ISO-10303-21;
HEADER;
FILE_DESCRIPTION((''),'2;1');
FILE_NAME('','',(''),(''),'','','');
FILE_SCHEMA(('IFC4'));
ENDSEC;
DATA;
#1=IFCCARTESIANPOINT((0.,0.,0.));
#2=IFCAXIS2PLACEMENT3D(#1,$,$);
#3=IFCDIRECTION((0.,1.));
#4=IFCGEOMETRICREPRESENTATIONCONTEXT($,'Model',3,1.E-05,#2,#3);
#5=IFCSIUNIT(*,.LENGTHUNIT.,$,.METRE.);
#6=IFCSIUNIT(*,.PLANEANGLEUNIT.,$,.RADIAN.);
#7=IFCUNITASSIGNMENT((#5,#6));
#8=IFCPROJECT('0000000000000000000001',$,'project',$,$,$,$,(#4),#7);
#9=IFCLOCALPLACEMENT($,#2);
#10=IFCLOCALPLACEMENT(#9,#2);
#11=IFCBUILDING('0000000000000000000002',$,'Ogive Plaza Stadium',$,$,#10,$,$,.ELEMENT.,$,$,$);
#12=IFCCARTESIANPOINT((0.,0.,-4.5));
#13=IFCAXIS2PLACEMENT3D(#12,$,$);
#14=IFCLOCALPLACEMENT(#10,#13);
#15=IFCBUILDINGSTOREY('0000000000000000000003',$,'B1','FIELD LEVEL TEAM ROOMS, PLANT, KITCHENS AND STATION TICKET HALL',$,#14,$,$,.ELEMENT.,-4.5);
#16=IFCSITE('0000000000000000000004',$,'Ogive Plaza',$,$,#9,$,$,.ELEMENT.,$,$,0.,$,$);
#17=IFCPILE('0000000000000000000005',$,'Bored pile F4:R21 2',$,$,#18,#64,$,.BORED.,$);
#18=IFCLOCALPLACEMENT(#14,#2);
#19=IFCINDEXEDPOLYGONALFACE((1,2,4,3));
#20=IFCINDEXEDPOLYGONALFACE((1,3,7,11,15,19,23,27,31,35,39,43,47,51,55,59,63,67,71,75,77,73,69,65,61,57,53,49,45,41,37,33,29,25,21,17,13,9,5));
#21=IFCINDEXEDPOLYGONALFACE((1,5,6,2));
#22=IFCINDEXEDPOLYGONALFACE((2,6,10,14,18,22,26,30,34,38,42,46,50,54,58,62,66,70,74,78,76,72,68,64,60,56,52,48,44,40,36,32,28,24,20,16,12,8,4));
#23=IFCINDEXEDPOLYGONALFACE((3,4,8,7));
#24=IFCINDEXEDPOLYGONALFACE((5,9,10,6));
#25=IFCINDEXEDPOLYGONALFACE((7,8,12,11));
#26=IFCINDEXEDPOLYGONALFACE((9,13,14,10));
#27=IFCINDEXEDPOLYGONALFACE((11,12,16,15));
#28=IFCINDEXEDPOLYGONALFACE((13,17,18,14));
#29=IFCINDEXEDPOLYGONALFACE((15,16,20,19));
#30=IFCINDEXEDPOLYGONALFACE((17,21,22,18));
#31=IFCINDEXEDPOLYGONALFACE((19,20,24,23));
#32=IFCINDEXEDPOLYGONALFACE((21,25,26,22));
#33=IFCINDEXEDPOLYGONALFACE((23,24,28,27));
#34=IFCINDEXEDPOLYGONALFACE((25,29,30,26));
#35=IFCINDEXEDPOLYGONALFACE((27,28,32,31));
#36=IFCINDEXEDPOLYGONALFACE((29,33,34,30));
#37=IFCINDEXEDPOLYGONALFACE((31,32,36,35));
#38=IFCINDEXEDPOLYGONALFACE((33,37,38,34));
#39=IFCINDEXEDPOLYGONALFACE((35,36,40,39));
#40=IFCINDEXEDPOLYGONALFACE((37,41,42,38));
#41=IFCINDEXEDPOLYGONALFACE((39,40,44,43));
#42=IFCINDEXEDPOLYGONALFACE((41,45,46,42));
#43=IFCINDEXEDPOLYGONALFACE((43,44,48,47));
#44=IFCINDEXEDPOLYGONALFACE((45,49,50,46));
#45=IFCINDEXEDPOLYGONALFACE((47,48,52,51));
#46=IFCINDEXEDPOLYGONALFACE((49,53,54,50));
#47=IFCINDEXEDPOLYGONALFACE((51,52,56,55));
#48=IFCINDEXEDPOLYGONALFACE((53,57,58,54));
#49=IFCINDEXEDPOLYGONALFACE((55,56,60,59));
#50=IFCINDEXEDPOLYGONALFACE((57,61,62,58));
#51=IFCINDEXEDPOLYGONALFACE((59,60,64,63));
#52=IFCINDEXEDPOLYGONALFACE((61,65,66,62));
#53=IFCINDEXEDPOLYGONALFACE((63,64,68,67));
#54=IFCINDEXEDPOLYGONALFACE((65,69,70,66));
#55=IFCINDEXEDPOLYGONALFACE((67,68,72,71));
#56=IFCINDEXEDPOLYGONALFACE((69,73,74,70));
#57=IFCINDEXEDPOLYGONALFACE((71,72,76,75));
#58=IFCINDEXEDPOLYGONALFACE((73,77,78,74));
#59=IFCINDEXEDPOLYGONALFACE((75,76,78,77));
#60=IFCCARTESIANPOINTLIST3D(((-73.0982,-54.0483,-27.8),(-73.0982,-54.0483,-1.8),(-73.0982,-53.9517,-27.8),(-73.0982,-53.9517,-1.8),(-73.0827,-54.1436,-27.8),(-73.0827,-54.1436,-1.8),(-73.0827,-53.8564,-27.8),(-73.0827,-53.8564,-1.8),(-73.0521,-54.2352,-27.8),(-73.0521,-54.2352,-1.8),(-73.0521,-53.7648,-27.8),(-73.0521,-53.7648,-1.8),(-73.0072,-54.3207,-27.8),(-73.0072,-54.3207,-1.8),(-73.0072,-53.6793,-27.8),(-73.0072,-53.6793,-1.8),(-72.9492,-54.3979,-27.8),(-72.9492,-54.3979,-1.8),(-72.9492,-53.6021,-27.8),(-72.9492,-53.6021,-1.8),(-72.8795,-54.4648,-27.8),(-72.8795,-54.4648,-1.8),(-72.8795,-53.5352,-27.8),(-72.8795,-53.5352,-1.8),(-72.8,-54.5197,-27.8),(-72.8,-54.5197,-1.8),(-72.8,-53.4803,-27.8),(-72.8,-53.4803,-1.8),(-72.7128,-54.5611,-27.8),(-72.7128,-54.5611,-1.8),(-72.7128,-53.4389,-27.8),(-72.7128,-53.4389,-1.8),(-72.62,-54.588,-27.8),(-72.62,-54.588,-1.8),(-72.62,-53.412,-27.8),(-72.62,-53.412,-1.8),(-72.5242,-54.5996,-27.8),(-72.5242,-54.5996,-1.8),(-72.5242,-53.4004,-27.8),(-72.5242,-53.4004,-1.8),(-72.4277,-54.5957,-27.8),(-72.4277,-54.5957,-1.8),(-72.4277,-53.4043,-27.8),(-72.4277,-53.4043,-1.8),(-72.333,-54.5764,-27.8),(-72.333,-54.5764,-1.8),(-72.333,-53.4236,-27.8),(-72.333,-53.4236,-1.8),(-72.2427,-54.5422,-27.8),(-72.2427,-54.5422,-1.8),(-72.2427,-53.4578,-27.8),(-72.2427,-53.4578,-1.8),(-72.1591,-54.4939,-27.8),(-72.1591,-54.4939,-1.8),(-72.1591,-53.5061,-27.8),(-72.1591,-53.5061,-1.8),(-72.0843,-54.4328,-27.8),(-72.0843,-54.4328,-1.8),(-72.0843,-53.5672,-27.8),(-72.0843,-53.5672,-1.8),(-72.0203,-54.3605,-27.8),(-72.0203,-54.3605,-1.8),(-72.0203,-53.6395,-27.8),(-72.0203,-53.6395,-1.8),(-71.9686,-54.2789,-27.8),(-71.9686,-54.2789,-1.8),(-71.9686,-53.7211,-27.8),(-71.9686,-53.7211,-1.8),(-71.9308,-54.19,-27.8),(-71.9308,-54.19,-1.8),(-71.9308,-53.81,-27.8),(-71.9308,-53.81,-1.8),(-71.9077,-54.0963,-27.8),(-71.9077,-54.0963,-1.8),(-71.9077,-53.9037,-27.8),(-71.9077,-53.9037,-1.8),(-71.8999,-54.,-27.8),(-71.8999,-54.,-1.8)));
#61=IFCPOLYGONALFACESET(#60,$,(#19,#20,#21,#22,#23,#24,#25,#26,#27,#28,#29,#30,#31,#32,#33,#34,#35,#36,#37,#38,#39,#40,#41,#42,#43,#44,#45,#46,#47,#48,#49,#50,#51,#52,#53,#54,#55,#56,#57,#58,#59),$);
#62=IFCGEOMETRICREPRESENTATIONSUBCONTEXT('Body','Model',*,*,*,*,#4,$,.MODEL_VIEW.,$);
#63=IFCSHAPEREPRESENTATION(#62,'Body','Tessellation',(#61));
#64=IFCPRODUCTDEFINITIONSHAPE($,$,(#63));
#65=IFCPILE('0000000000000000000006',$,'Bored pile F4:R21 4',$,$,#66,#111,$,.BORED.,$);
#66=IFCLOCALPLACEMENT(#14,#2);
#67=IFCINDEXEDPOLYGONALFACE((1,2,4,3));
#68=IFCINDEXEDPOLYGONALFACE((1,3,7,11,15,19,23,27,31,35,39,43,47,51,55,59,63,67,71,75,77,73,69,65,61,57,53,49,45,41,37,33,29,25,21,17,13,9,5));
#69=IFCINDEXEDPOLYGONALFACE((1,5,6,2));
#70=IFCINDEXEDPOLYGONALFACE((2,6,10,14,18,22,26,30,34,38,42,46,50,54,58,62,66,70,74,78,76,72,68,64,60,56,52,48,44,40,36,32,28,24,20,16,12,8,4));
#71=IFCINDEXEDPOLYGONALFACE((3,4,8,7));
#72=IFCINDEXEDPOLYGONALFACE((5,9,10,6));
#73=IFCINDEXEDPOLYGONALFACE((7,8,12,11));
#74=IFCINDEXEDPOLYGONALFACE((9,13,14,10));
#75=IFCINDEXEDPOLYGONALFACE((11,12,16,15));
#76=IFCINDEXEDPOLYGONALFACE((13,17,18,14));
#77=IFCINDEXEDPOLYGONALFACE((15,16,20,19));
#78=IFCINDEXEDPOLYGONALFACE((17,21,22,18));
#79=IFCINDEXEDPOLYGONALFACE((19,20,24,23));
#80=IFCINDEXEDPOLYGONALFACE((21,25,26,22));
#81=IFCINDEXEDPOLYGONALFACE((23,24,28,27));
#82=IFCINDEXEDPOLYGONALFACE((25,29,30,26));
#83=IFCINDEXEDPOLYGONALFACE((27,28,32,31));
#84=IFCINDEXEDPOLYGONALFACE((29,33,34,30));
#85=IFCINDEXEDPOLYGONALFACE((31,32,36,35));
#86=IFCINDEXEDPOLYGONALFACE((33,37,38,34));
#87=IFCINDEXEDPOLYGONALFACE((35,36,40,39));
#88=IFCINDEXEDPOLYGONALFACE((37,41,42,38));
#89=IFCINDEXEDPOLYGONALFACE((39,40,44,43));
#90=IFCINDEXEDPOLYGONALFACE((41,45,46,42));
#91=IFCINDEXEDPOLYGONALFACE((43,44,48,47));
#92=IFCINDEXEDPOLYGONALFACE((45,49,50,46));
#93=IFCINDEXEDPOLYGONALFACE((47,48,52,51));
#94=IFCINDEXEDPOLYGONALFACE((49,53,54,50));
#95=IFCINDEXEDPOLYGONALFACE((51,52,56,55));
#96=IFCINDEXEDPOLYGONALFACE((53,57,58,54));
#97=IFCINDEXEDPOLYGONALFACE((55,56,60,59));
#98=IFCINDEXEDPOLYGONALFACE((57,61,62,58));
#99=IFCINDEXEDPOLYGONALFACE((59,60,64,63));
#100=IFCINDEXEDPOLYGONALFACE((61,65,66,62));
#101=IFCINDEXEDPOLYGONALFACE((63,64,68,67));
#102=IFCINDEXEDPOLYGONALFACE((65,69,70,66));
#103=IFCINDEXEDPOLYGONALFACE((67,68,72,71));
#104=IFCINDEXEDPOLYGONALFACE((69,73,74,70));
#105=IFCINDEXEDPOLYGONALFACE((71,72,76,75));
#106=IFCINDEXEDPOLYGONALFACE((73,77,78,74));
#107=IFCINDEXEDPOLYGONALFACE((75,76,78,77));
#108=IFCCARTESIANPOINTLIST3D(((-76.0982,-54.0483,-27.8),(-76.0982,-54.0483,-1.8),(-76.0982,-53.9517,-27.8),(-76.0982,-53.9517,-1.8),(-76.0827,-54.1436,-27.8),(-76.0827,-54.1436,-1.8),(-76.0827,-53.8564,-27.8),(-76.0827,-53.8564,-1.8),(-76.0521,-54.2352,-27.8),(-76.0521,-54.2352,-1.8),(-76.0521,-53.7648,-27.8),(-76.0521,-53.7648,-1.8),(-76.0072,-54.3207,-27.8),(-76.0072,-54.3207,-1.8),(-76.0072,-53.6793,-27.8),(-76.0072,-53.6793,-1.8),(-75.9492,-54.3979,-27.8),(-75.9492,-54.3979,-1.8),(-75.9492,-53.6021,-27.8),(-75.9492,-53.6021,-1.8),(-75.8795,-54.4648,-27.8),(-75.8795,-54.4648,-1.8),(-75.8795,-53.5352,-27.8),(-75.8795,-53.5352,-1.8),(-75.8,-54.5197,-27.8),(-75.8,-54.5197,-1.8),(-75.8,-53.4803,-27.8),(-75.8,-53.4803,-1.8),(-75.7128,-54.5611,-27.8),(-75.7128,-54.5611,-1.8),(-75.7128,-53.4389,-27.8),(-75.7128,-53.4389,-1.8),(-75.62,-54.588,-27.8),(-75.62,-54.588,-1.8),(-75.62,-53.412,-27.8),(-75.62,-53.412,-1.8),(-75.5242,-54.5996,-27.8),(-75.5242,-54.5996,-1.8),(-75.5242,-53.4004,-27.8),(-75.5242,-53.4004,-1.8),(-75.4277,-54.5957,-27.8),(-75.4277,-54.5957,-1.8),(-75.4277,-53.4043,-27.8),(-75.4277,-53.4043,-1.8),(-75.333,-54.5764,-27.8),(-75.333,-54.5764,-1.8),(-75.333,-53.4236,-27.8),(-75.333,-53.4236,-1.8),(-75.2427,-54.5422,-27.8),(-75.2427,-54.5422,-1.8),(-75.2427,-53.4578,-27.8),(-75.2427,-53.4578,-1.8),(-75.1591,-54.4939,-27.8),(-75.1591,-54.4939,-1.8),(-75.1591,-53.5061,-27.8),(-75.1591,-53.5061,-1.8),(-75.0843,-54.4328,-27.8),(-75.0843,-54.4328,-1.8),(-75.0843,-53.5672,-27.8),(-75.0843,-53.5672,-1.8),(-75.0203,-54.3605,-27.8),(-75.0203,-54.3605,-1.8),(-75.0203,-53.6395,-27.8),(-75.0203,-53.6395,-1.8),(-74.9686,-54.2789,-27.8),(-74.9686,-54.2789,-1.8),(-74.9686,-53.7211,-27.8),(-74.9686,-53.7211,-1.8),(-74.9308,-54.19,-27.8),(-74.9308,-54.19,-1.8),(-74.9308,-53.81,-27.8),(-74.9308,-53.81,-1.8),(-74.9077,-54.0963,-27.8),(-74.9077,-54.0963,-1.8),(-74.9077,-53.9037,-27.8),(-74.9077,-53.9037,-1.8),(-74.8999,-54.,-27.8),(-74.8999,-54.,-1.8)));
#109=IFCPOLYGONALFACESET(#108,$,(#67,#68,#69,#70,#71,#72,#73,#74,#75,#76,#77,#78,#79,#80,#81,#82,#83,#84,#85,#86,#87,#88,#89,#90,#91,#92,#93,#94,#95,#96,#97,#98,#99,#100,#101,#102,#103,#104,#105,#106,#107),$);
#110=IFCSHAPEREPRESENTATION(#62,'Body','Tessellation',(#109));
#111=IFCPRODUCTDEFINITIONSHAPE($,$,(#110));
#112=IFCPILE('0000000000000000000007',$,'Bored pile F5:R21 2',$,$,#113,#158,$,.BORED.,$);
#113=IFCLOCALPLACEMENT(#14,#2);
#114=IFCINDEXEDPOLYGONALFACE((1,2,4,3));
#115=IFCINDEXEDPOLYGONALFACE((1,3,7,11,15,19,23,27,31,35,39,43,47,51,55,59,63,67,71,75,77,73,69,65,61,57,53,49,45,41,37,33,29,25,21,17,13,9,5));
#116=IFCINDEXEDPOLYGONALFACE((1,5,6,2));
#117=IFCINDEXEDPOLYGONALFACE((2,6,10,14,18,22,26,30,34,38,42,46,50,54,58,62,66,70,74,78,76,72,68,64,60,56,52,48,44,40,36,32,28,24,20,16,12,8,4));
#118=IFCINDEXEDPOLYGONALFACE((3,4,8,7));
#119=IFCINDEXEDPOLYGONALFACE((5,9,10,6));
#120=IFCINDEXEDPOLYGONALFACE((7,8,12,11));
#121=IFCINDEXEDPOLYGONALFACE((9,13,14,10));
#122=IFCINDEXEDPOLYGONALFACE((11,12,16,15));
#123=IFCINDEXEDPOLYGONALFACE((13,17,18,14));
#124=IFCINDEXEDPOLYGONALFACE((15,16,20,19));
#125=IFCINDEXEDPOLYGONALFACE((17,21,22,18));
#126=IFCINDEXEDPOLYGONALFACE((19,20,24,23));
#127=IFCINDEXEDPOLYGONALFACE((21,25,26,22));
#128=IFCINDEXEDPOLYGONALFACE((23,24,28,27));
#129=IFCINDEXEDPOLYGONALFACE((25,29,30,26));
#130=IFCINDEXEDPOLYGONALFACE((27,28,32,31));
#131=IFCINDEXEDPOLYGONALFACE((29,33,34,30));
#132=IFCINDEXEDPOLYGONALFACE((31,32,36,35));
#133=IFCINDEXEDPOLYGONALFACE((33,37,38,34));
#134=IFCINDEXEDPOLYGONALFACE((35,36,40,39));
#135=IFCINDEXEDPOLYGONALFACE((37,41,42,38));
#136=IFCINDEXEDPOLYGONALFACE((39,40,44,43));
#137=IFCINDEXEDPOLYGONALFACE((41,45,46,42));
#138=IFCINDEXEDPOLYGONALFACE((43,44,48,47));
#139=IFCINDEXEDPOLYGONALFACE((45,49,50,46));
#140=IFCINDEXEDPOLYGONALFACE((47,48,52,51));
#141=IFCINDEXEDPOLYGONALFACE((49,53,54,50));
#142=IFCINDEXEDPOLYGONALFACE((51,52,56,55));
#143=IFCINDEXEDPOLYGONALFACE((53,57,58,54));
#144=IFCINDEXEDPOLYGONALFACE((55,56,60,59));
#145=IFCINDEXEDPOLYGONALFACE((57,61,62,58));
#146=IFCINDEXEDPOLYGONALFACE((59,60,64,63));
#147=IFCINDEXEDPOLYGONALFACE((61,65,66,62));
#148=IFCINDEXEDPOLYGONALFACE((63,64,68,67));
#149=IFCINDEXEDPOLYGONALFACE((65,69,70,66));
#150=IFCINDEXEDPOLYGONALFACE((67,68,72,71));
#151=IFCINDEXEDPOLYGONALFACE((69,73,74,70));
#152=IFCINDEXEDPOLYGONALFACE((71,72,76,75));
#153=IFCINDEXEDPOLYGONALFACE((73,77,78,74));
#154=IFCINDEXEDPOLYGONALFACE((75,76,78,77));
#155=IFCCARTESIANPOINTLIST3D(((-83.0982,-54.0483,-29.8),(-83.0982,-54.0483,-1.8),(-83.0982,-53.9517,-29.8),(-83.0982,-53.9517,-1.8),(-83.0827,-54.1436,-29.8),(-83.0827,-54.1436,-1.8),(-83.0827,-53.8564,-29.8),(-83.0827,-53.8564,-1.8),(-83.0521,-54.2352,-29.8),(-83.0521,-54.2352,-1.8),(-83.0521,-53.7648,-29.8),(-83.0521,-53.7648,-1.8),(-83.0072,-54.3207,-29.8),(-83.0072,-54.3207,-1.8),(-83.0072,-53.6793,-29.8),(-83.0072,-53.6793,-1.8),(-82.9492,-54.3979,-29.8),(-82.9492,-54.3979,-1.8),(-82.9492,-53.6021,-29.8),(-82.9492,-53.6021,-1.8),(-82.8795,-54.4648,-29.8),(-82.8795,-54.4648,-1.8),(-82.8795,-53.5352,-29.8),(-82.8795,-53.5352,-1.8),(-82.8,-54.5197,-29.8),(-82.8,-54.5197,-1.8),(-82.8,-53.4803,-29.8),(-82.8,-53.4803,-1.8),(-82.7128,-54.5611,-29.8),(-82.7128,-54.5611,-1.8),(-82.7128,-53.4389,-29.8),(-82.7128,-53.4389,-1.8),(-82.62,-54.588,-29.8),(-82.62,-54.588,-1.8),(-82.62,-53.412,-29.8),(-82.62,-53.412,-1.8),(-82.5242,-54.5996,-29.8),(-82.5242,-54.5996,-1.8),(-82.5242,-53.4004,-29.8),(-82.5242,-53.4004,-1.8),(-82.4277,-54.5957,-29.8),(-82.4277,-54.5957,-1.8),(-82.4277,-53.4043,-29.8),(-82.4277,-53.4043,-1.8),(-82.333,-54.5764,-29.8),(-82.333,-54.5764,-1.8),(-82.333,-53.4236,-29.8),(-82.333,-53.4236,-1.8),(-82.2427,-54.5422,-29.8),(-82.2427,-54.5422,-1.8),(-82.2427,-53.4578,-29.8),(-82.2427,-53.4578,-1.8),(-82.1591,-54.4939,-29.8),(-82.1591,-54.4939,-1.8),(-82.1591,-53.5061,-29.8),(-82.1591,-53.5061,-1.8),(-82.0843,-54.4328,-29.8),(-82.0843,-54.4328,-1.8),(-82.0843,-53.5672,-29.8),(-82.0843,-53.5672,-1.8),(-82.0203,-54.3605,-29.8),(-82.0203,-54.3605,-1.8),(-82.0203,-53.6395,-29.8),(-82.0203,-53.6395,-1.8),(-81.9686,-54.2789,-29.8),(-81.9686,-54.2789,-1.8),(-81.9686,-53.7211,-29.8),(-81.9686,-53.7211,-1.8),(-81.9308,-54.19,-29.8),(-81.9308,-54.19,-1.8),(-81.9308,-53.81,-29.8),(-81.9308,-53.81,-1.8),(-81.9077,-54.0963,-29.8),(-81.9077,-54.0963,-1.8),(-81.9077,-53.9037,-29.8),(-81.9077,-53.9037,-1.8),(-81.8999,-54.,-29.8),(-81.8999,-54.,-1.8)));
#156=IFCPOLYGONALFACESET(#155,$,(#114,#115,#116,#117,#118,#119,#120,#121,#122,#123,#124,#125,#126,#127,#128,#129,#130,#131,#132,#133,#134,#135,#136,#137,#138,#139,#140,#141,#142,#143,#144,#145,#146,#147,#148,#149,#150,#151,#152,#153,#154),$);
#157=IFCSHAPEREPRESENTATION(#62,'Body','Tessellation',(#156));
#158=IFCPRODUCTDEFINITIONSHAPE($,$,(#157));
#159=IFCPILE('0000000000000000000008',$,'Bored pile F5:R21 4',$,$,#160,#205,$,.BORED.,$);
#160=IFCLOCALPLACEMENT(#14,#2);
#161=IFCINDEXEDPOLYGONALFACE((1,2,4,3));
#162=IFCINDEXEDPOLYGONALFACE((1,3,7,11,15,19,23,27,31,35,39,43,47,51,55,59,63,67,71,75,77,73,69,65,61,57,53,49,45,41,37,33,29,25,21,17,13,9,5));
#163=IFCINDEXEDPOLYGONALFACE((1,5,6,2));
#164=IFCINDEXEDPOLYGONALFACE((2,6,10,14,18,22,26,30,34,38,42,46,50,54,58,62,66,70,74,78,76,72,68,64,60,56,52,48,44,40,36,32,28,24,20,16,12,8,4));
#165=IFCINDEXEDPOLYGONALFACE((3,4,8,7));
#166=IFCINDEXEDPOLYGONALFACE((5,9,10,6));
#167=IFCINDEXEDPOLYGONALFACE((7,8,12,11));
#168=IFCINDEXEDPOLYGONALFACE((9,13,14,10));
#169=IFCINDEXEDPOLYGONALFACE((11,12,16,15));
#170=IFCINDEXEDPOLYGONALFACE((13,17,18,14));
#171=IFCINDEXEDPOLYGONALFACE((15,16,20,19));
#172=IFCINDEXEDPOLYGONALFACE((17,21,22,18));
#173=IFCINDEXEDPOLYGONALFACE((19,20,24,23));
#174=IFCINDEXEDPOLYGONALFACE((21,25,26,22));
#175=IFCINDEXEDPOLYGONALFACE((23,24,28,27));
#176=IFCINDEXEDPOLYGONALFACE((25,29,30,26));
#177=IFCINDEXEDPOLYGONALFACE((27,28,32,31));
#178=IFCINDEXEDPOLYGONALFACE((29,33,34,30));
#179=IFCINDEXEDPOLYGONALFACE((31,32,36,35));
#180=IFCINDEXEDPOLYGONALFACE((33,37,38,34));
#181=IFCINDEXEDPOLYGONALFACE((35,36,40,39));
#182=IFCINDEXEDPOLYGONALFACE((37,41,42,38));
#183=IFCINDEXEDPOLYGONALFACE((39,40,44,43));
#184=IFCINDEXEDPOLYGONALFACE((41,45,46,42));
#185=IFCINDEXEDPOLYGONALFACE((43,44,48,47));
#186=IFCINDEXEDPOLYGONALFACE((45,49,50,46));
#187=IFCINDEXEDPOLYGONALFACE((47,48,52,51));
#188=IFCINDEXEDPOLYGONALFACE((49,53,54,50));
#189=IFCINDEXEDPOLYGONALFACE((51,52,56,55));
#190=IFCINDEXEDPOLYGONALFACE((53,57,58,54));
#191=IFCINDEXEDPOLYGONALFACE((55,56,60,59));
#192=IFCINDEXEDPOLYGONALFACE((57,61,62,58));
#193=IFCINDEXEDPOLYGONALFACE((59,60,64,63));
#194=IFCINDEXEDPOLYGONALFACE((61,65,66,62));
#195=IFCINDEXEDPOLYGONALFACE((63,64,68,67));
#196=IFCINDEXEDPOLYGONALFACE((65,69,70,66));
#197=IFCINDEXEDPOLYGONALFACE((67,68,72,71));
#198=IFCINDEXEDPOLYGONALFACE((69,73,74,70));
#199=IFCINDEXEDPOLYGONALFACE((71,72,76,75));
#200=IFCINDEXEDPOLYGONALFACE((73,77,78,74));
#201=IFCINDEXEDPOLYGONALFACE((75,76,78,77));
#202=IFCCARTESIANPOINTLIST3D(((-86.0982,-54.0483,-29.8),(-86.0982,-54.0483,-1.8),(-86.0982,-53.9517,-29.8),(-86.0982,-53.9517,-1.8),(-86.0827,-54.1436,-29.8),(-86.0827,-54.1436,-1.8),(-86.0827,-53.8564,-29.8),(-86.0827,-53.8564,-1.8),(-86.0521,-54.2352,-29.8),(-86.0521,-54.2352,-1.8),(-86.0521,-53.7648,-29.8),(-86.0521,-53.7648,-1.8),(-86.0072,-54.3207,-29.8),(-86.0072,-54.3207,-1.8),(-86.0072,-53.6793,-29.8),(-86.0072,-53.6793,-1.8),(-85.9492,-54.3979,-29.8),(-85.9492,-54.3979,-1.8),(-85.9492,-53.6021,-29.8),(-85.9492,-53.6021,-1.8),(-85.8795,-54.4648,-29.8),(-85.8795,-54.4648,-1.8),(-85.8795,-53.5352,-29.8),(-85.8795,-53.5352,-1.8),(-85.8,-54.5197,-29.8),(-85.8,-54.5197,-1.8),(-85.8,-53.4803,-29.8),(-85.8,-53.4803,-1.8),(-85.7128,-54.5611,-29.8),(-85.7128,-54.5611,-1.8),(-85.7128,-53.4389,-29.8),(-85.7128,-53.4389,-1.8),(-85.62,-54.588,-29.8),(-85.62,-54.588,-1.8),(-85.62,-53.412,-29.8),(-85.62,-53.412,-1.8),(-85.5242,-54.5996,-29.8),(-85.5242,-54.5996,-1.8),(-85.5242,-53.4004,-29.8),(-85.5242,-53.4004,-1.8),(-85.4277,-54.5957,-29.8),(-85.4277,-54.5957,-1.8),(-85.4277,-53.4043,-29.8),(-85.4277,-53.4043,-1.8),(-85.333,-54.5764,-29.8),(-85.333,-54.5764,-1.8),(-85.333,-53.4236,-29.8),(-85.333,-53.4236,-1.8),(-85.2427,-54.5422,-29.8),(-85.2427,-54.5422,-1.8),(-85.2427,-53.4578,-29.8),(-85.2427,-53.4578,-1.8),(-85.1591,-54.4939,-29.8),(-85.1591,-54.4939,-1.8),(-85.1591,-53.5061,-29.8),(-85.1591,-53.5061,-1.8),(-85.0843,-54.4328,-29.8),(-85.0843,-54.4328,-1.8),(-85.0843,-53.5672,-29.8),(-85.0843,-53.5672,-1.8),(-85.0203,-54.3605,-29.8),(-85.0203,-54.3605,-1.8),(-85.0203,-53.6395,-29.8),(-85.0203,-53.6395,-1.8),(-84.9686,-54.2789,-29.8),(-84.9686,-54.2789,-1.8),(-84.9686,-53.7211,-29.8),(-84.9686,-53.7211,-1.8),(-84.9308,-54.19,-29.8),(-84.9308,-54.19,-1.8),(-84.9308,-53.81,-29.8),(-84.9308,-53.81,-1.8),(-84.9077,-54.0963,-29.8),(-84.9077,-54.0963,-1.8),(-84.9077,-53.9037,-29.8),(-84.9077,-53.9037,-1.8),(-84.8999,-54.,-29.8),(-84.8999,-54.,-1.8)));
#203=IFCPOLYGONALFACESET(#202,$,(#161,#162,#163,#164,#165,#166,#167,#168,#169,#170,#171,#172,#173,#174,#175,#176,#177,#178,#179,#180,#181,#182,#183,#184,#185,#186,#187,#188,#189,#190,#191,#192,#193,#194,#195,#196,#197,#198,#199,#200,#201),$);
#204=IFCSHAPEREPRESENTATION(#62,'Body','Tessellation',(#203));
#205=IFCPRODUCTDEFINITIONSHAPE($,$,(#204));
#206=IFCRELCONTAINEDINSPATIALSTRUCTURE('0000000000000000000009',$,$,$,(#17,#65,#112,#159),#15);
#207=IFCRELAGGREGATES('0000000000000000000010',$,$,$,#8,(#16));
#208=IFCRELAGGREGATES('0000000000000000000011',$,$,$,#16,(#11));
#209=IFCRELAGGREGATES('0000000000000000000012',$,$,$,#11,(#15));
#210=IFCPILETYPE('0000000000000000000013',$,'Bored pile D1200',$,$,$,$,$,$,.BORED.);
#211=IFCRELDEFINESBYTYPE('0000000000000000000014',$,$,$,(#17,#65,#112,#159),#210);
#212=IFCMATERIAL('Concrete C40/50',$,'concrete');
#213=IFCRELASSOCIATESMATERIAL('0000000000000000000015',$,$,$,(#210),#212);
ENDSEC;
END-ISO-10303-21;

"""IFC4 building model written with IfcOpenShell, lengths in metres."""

from ifc_helpers import new_model, si_unit, direction, frame, origin, origin_2d, place, context, subcontext, project, spatial, circle, extrude, material, material_profile, profile_set, type_object, element, save


model = new_model("IFC4")

# Units and contexts
model_context = context("Model", 3, precision=1e-05, world=origin(), true_north=direction((0.0, 1.0)))
body_context = subcontext(model_context, "Body", "Model", "MODEL_VIEW")
ifc_project = project(units=[si_unit("LENGTHUNIT", "METRE"), si_unit("PLANEANGLEUNIT", "RADIAN")], contexts=[model_context])

# Site, building, storey
site_placement = place(None, origin())
site = spatial("IfcSite", under=ifc_project, at=site_placement, Name="Ogive Plaza", CompositionType="ELEMENT", RefElevation=0.0)
building_placement = place(site_placement, origin())
building = spatial("IfcBuilding", under=site, at=building_placement, Name="Ogive Plaza Stadium", CompositionType="ELEMENT")
storey_placement = place(building_placement, frame((0.0, 0.0, -4.5)))
storey = spatial("IfcBuildingStorey", under=building, at=storey_placement, Name="B1", Description="FIELD LEVEL TEAM ROOMS, PLANT, KITCHENS AND STATION TICKET HALL", CompositionType="ELEMENT", Elevation=-4.5)

# Piles
ifc_material_1 = material(Name="Concrete C40/50", Category="concrete")
ifc_material_profile_1 = material_profile(ifc_material_1, circle(Radius=0.6001, at=origin_2d()), Name="RC D1200")
ifc_profile_set_1 = profile_set([ifc_material_profile_1], Name="Concrete C40/50")
pile_type_1 = type_object("IfcPileType", Name="Bored pile D1200", PredefinedType="BORED", material=ifc_profile_set_1)
for number, where, z_axis, x_axis, name in (
    (1, (-72.5, -54.0, -1.8), (0.0, 0.0, -1.0), (1.0, 0.0, 0.0), "Bored pile F4:R21 2"),
    (2, (-75.5, -54.0, -1.8), (0.0, 0.0, -1.0), (1.0, 0.0, 0.0), "Bored pile F4:R21 4"),
):
    element("IfcPile", number, at=place(storey_placement, frame(where, z_axis=z_axis, x_axis=x_axis)), inside=storey, type_object=pile_type_1, Name=name, PredefinedType="BORED", context=body_context, shape_type="SweptSolid", body=[
        extrude(circle(Radius=0.6001, at=origin_2d()), origin(), (0.0, 0.0, 1.0), 26.0),
    ])
for number, where, z_axis, x_axis, name in (
    (3, (-82.5, -54.0, -1.8), (0.0, 0.0, -1.0), (1.0, 0.0, 0.0), "Bored pile F5:R21 2"),
    (4, (-85.5, -54.0, -1.8), (0.0, 0.0, -1.0), (1.0, 0.0, 0.0), "Bored pile F5:R21 4"),
):
    element("IfcPile", number, at=place(storey_placement, frame(where, z_axis=z_axis, x_axis=x_axis)), inside=storey, type_object=pile_type_1, Name=name, PredefinedType="BORED", context=body_context, shape_type="SweptSolid", body=[
        extrude(circle(Radius=0.6001, at=origin_2d()), origin(), (0.0, 0.0, 1.0), 28.0),
    ])

save(model, "model.ifc")
